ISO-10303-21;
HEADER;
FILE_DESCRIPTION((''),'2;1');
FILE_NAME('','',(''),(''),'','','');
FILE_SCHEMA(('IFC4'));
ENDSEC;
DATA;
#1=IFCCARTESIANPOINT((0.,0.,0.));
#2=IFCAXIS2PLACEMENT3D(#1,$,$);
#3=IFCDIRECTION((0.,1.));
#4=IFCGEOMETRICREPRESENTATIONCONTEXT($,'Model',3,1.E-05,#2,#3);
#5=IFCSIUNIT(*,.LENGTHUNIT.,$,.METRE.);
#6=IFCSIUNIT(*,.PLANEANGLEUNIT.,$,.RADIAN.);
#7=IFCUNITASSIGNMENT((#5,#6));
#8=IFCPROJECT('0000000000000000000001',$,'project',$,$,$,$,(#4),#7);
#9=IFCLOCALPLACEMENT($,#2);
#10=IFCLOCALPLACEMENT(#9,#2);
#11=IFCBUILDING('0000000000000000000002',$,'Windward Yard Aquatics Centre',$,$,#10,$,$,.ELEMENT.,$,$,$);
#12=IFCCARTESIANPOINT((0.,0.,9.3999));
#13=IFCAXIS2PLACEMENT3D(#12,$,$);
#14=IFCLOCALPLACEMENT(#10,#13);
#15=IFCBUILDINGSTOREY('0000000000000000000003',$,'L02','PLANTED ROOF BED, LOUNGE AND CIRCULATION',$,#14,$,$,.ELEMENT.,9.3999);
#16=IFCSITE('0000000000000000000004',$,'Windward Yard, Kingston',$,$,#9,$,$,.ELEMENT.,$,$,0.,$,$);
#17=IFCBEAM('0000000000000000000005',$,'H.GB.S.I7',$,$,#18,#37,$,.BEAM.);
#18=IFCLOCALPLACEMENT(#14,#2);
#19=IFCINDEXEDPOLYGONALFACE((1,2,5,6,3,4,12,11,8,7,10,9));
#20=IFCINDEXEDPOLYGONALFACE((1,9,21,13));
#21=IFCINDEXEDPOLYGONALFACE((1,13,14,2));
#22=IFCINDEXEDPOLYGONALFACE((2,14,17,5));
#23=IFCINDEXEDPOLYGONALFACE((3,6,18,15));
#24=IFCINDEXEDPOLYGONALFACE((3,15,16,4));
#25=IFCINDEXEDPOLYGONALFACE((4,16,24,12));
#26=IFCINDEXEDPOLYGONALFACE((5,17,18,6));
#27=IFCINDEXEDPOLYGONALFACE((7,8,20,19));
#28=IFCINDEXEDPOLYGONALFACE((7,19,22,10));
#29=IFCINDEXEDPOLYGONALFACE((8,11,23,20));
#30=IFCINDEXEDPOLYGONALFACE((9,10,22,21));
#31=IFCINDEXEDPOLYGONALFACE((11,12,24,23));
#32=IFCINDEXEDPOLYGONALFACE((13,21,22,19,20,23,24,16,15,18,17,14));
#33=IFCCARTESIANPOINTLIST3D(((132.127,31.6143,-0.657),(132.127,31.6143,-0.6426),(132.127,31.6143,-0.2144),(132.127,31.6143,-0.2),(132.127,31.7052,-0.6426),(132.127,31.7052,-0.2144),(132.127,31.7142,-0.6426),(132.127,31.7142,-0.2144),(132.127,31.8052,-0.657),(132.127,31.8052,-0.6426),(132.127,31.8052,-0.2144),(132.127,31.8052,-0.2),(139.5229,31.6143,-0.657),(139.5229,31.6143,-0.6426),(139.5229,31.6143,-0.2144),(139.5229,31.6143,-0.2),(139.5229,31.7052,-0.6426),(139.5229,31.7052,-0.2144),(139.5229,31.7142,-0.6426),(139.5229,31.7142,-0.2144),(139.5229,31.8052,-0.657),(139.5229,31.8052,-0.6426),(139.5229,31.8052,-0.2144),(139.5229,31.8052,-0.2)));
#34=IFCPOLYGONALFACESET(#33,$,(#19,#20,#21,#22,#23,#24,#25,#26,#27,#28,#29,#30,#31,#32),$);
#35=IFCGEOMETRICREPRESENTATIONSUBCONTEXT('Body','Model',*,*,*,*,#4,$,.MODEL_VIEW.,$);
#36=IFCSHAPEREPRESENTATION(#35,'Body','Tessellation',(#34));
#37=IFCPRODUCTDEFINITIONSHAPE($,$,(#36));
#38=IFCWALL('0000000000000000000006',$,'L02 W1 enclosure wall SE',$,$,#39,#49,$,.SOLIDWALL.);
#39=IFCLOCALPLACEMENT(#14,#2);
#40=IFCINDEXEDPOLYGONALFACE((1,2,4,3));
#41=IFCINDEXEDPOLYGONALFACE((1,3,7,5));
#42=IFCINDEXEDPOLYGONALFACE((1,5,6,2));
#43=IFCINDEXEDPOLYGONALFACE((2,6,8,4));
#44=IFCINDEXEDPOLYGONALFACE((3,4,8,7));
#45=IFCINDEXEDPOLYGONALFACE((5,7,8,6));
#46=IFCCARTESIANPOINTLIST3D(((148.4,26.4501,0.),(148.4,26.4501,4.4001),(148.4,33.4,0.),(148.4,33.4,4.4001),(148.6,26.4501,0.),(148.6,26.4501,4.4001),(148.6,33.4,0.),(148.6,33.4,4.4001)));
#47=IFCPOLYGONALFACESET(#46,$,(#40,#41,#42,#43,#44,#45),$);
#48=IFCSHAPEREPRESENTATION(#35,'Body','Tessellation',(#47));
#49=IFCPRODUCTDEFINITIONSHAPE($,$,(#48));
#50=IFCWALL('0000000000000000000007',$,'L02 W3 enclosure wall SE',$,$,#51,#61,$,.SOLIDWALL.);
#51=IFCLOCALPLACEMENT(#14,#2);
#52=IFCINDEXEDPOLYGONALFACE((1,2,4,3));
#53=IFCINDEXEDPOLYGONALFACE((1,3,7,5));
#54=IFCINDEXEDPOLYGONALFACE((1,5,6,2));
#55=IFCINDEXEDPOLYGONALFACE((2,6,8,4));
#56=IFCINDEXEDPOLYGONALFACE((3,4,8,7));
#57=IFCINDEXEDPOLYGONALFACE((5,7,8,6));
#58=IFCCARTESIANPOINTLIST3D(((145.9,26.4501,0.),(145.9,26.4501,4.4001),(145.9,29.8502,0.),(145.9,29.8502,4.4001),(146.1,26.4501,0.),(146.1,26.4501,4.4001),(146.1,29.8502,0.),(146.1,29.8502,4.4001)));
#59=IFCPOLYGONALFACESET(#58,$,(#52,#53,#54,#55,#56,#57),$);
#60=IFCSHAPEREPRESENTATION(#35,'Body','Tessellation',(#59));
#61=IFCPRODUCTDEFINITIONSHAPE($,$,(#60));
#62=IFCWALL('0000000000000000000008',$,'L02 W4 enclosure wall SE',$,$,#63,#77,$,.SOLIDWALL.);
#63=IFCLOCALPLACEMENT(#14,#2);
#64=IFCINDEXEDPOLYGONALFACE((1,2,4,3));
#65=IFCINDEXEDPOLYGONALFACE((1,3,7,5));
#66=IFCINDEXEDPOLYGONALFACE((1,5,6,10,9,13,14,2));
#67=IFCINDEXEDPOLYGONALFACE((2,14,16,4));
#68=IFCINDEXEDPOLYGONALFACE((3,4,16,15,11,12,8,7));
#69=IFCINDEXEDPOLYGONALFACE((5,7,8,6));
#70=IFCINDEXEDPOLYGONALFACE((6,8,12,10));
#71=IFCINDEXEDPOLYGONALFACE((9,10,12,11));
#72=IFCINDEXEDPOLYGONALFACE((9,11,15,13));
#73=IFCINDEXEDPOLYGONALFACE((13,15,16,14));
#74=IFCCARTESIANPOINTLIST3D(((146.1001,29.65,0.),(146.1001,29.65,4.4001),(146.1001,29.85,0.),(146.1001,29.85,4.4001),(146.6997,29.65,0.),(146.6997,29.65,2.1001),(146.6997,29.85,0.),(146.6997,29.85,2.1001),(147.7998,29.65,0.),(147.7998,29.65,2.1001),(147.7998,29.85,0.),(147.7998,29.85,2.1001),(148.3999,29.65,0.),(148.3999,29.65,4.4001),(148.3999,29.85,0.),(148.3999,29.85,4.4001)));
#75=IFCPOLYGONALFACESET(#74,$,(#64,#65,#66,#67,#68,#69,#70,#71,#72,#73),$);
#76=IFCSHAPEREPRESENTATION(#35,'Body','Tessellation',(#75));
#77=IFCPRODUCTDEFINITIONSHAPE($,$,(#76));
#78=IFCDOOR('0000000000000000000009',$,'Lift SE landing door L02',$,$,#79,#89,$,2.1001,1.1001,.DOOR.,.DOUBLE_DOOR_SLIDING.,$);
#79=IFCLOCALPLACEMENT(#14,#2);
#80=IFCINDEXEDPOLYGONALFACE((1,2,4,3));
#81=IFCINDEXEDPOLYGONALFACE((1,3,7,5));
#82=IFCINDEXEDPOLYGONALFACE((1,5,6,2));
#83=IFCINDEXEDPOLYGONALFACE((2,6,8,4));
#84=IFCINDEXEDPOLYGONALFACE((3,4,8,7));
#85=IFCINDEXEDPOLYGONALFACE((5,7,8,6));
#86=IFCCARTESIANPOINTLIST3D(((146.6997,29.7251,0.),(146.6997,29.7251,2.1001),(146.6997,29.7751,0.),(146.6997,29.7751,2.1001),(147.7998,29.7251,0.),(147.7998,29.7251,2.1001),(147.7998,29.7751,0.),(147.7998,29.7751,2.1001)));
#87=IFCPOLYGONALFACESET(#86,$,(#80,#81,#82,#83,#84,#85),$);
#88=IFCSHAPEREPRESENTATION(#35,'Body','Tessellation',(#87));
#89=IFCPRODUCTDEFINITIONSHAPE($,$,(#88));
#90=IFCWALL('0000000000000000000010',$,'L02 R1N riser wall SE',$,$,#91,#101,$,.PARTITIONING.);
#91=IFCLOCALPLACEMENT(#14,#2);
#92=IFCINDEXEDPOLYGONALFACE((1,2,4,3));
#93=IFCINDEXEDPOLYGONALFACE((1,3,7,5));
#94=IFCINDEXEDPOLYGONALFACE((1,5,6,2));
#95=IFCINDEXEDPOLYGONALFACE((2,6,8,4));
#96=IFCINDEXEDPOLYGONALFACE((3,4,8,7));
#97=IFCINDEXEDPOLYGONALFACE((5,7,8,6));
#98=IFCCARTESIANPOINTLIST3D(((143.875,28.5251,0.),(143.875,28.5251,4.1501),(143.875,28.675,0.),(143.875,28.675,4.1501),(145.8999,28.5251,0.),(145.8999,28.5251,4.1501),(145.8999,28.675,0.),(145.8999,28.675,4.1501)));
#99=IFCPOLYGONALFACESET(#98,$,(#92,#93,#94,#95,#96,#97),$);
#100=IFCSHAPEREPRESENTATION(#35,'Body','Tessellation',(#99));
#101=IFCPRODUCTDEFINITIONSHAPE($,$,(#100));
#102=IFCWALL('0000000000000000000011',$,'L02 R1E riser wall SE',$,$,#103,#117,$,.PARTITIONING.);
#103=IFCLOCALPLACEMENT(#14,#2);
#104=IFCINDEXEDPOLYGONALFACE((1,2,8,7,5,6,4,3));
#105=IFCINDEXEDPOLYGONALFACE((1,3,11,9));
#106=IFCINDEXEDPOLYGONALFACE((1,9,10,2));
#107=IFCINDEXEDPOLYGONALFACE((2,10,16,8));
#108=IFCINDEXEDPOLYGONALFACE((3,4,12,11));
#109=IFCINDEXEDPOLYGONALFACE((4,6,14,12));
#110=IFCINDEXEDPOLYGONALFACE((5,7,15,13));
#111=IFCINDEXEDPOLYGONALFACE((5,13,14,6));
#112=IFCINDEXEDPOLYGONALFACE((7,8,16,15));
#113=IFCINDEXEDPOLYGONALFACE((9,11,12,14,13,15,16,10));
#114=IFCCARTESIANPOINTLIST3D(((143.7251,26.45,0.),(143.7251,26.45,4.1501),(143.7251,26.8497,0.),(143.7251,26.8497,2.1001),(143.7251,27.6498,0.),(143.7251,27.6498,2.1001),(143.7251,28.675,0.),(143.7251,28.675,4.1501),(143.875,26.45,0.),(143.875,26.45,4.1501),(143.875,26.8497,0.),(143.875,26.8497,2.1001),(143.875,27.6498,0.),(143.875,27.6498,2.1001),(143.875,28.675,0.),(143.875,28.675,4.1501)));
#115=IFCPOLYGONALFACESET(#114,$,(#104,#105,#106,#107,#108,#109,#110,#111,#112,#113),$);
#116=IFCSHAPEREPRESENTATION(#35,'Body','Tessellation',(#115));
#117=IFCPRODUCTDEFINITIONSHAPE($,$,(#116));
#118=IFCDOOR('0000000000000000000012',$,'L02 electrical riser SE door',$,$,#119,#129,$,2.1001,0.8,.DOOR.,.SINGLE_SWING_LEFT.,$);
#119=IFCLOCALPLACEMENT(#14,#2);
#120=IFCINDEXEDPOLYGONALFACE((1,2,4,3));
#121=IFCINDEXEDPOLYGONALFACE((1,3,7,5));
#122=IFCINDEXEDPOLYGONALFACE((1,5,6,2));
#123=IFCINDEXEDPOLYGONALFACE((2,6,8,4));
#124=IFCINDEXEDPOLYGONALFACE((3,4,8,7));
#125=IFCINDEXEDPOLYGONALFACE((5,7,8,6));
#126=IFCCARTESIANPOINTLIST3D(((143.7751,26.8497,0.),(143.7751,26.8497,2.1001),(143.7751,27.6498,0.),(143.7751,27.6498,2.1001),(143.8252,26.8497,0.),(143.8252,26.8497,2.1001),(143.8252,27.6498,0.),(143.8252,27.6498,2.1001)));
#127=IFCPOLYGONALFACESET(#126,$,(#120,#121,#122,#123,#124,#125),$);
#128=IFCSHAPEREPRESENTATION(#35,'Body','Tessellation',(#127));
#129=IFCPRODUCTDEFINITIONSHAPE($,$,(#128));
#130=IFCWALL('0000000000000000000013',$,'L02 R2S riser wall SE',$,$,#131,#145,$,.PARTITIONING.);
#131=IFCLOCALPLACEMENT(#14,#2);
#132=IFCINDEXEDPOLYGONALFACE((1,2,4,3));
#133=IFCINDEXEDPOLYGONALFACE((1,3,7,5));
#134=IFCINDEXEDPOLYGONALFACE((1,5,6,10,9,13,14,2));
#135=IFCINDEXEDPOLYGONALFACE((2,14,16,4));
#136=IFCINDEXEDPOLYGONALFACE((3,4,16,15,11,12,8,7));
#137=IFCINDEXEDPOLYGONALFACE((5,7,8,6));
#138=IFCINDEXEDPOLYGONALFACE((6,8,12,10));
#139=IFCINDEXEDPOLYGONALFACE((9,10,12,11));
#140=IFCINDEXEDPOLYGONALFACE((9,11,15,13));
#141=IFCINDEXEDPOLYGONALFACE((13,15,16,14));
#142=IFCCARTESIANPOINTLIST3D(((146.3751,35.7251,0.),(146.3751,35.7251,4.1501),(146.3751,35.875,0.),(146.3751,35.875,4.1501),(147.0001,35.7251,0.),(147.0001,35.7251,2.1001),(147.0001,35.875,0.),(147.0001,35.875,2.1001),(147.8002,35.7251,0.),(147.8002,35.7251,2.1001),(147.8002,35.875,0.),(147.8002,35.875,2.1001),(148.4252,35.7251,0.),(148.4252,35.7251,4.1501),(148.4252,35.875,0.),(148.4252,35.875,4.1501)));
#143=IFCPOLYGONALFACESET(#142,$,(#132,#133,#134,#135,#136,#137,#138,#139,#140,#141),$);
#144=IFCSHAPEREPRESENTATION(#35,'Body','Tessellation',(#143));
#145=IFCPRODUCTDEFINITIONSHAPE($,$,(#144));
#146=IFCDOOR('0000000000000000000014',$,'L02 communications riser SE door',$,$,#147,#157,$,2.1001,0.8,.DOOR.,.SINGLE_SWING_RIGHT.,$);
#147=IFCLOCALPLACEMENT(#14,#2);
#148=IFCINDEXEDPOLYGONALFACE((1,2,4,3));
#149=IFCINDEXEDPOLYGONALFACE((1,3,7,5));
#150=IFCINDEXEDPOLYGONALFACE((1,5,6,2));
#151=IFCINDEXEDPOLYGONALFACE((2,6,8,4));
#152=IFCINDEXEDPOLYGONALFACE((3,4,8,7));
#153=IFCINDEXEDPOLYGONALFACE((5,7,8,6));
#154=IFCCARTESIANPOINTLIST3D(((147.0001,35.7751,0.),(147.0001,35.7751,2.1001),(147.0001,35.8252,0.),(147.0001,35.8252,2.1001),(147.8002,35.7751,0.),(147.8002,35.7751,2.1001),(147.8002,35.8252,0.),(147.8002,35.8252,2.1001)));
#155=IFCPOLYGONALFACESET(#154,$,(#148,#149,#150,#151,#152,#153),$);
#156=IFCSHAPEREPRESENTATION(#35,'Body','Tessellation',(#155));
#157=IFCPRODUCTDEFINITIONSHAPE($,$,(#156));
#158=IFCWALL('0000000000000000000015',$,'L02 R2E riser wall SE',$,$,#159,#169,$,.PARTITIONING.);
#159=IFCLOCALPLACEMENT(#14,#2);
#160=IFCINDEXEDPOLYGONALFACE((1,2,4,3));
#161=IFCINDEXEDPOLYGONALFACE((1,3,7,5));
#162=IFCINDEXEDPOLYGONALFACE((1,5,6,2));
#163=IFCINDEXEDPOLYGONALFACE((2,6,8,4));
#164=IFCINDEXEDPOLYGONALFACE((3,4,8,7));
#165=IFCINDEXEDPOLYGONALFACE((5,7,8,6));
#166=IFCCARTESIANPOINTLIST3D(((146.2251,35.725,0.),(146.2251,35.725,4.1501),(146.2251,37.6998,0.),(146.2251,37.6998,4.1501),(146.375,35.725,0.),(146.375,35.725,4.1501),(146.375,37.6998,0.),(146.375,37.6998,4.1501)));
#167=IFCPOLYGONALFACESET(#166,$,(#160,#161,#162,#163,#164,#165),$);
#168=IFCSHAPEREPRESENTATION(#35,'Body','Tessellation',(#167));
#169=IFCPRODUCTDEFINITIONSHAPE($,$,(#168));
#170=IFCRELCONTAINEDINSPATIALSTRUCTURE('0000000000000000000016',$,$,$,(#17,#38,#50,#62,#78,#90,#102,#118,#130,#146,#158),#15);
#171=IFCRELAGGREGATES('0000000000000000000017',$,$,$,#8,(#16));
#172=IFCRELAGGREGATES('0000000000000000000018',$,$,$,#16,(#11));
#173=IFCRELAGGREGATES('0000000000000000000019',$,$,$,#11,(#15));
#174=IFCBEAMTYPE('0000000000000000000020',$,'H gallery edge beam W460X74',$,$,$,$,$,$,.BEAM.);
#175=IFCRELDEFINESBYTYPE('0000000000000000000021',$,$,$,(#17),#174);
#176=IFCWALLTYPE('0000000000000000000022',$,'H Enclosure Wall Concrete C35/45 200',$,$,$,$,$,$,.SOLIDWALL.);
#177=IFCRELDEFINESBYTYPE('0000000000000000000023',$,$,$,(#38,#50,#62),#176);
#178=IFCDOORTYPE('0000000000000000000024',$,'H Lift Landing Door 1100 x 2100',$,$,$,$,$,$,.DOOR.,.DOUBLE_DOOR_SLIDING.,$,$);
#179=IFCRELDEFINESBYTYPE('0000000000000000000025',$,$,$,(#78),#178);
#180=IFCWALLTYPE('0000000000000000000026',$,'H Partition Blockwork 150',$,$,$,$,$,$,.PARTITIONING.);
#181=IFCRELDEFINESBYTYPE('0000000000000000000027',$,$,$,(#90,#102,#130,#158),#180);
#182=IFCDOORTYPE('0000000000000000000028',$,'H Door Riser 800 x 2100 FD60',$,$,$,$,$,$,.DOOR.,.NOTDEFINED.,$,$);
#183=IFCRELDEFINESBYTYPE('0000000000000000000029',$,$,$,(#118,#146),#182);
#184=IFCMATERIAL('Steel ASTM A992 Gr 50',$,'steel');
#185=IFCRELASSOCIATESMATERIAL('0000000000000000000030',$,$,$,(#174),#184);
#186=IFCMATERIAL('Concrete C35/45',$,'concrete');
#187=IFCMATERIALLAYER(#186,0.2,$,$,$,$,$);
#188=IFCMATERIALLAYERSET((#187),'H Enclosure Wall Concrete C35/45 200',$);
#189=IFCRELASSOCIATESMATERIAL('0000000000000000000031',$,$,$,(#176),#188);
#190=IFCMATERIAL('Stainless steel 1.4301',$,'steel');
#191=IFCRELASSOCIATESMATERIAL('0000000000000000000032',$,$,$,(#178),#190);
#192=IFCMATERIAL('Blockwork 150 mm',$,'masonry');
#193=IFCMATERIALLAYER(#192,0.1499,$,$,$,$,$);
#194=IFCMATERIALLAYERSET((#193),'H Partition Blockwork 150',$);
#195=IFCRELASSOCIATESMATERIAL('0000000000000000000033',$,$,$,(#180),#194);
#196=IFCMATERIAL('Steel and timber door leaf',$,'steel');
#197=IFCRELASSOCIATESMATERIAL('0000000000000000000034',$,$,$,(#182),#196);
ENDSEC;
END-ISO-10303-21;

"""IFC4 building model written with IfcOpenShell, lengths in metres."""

from ifc_helpers import new_model, si_unit, direction, frame, frame_2d, origin, origin_2d, place, context, subcontext, project, spatial, rectangle, i_section, extrude, material, layer, layer_set, material_profile, profile_set, type_object, element, fill, save


model = new_model("IFC4")

# Units and contexts
model_context = context("Model", 3, precision=1e-05, world=origin(), true_north=direction((0.0, 1.0)))
body_context = subcontext(model_context, "Body", "Model", "MODEL_VIEW")
ifc_project = project(units=[si_unit("LENGTHUNIT", "METRE"), si_unit("PLANEANGLEUNIT", "RADIAN")], contexts=[model_context])

# Site, building, storey
site_placement = place(None, origin())
site = spatial("IfcSite", under=ifc_project, at=site_placement, Name="Windward Yard, Kingston", CompositionType="ELEMENT", RefElevation=0.0)
building_placement = place(site_placement, origin())
building = spatial("IfcBuilding", under=site, at=building_placement, Name="Windward Yard Aquatics Centre", CompositionType="ELEMENT")
storey_placement = place(building_placement, frame((0.0, 0.0, 9.3999)))
storey = spatial("IfcBuildingStorey", under=building, at=storey_placement, Name="L02", Description="PLANTED ROOF BED, LOUNGE AND CIRCULATION", CompositionType="ELEMENT", Elevation=9.3999)

# Beam
ifc_material_1 = material(Name="Steel ASTM A992 Gr 50", Category="steel")
ifc_material_profile_1 = material_profile(ifc_material_1, i_section(OverallWidth=0.1909, OverallDepth=0.457, WebThickness=0.009, FlangeThickness=0.0144, at=origin_2d()), Name="W460X74")
ifc_profile_set_1 = profile_set([ifc_material_profile_1], Name="Steel ASTM A992 Gr 50")
beam_type = type_object("IfcBeamType", Name="H gallery edge beam W460X74", PredefinedType="BEAM", material=ifc_profile_set_1)
beam_placement = place(storey_placement, frame((132.127, 31.7097, -0.4285), z_axis=(1.0, 0.0, 0.0), x_axis=(0.0, 1.0, 0.0)))
element("IfcBeam", 1, at=beam_placement, inside=storey, type_object=beam_type, Name="H.GB.S.I7", PredefinedType="BEAM", context=body_context, shape_type="SweptSolid", body=[
    extrude(i_section(OverallWidth=0.1909, OverallDepth=0.457, WebThickness=0.009, FlangeThickness=0.0144, at=origin_2d()), origin(), (0.0, 0.0, 1.0), 7.396),
])

# Walls
ifc_material_2 = material(Name="Concrete C35/45", Category="concrete")
ifc_layer_1 = layer(ifc_material_2, 0.2)
ifc_layer_set_1 = layer_set([ifc_layer_1], Name="H Enclosure Wall Concrete C35/45 200")
wall_type_1 = type_object("IfcWallType", Name="H Enclosure Wall Concrete C35/45 200", PredefinedType="SOLIDWALL", material=ifc_layer_set_1)
wall_1_placement = place(storey_placement, frame((148.5, 26.45, 0.0), z_axis=(0.0, 0.0, 1.0), x_axis=(0.0, 1.0, 0.0)))
element("IfcWall", 2, at=wall_1_placement, inside=storey, type_object=wall_type_1, Name="L02 W1 enclosure wall SE", PredefinedType="SOLIDWALL", context=body_context, shape_type="SweptSolid", body=[
    extrude(rectangle(XDim=6.95, YDim=0.2, at=frame_2d((3.4751, 0.0))), origin(), (0.0, 0.0, 1.0), 4.4001),
])
wall_2_placement = place(storey_placement, frame((146.0, 26.45, 0.0), z_axis=(0.0, 0.0, 1.0), x_axis=(0.0, 1.0, 0.0)))
element("IfcWall", 3, at=wall_2_placement, inside=storey, type_object=wall_type_1, Name="L02 W3 enclosure wall SE", PredefinedType="SOLIDWALL", context=body_context, shape_type="SweptSolid", body=[
    extrude(rectangle(XDim=3.4001, YDim=0.2, at=frame_2d((1.7002, 0.0))), origin(), (0.0, 0.0, 1.0), 4.4001),
])

# Wall, opening, door
wall_3_placement = place(storey_placement, frame((148.3999, 29.75, 0.0), z_axis=(0.0, 0.0, 1.0), x_axis=(-1.0, 0.0, 0.0)))
wall_3 = element("IfcWall", 4, at=wall_3_placement, inside=storey, type_object=wall_type_1, Name="L02 W4 enclosure wall SE", PredefinedType="SOLIDWALL", context=body_context, shape_type="SweptSolid", body=[
    extrude(rectangle(XDim=2.2998, YDim=0.2, at=frame_2d((1.1499, 0.0))), origin(), (0.0, 0.0, 1.0), 4.4001),
])
opening_1_placement = place(wall_3_placement, frame((0.6001, 0.0, 0.0)))
opening_1 = element("IfcOpeningElement", 5, at=opening_1_placement, cuts=wall_3, PredefinedType="OPENING", context=body_context, shape_type="SweptSolid", body=[
    extrude(rectangle(XDim=1.1001, YDim=2.1001, at=frame_2d((0.55, 1.05))), frame((0.0, 0.1099, 0.0), z_axis=(0.0, -1.0, 0.0), x_axis=(1.0, 0.0, 0.0)), (0.0, 0.0, 1.0), 0.22),
])
ifc_material_3 = material(Name="Stainless steel 1.4301", Category="steel")
door_type_1 = type_object("IfcDoorType", Name="H Lift Landing Door 1100 x 2100", OperationType="DOUBLE_DOOR_SLIDING", PredefinedType="DOOR", material=ifc_material_3)
door_1_placement = place(opening_1_placement, origin())
door_1 = element("IfcDoor", 6, at=door_1_placement, inside=storey, type_object=door_type_1, Name="Lift SE landing door L02", OperationType="DOUBLE_DOOR_SLIDING", OverallHeight=2.1001, OverallWidth=1.1001, PredefinedType="DOOR", context=body_context, shape_type="SweptSolid", body=[
    extrude(rectangle(XDim=1.1001, YDim=2.1001, at=frame_2d((0.55, 1.05))), frame((0.0, 0.0249, 0.0), z_axis=(0.0, -1.0, 0.0), x_axis=(1.0, 0.0, 0.0)), (0.0, 0.0, 1.0), 0.05),
])
fill(opening_1, door_1)

# Wall
ifc_material_4 = material(Name="Blockwork 150 mm", Category="masonry")
ifc_layer_2 = layer(ifc_material_4, 0.1499)
ifc_layer_set_2 = layer_set([ifc_layer_2], Name="H Partition Blockwork 150")
wall_type_2 = type_object("IfcWallType", Name="H Partition Blockwork 150", PredefinedType="PARTITIONING", material=ifc_layer_set_2)
wall_4_placement = place(storey_placement, frame((145.8999, 28.6001, 0.0), z_axis=(0.0, 0.0, 1.0), x_axis=(-1.0, 0.0, 0.0)))
element("IfcWall", 7, at=wall_4_placement, inside=storey, type_object=wall_type_2, Name="L02 R1N riser wall SE", PredefinedType="PARTITIONING", context=body_context, shape_type="SweptSolid", body=[
    extrude(rectangle(XDim=2.0249, YDim=0.1499, at=frame_2d((1.0125, 0.0))), origin(), (0.0, 0.0, 1.0), 4.1501),
])

# Walls, openings, doors
wall_5_placement = place(storey_placement, frame((143.8, 26.45, 0.0), z_axis=(0.0, 0.0, 1.0), x_axis=(0.0, 1.0, 0.0)))
wall_5 = element("IfcWall", 8, at=wall_5_placement, inside=storey, type_object=wall_type_2, Name="L02 R1E riser wall SE", PredefinedType="PARTITIONING", context=body_context, shape_type="SweptSolid", body=[
    extrude(rectangle(XDim=2.2251, YDim=0.1499, at=frame_2d((1.1125, 0.0))), origin(), (0.0, 0.0, 1.0), 4.1501),
])
opening_2_placement = place(wall_5_placement, frame((0.3999, 0.0, 0.0)))
opening_2 = element("IfcOpeningElement", 9, at=opening_2_placement, cuts=wall_5, PredefinedType="OPENING", context=body_context, shape_type="SweptSolid", body=[
    extrude(rectangle(XDim=0.8, YDim=2.1001, at=frame_2d((0.3999, 1.05))), frame((0.0, 0.085, 0.0), z_axis=(0.0, -1.0, 0.0), x_axis=(1.0, 0.0, 0.0)), (0.0, 0.0, 1.0), 0.1699),
])
ifc_material_5 = material(Name="Steel and timber door leaf", Category="steel")
door_type_2 = type_object("IfcDoorType", Name="H Door Riser 800 x 2100 FD60", OperationType="NOTDEFINED", PredefinedType="DOOR", material=ifc_material_5)
door_2_placement = place(opening_2_placement, origin())
door_2 = element("IfcDoor", 10, at=door_2_placement, inside=storey, type_object=door_type_2, Name="L02 electrical riser SE door", OperationType="SINGLE_SWING_LEFT", OverallHeight=2.1001, OverallWidth=0.8, PredefinedType="DOOR", context=body_context, shape_type="SweptSolid", body=[
    extrude(rectangle(XDim=0.8, YDim=2.1001, at=frame_2d((0.3999, 1.05))), frame((0.0, 0.0249, 0.0), z_axis=(0.0, -1.0, 0.0), x_axis=(1.0, 0.0, 0.0)), (0.0, 0.0, 1.0), 0.05),
])
fill(opening_2, door_2)
wall_6_placement = place(storey_placement, frame((148.425, 35.8, 0.0), z_axis=(0.0, 0.0, 1.0), x_axis=(-1.0, 0.0, 0.0)))
wall_6 = element("IfcWall", 11, at=wall_6_placement, inside=storey, type_object=wall_type_2, Name="L02 R2S riser wall SE", PredefinedType="PARTITIONING", context=body_context, shape_type="SweptSolid", body=[
    extrude(rectangle(XDim=2.05, YDim=0.1499, at=frame_2d((1.0249, 0.0))), origin(), (0.0, 0.0, 1.0), 4.1501),
])
opening_3_placement = place(wall_6_placement, frame((0.625, 0.0, 0.0)))
opening_3 = element("IfcOpeningElement", 12, at=opening_3_placement, cuts=wall_6, PredefinedType="OPENING", context=body_context, shape_type="SweptSolid", body=[
    extrude(rectangle(XDim=0.8, YDim=2.1001, at=frame_2d((0.3999, 1.05))), frame((0.0, 0.085, 0.0), z_axis=(0.0, -1.0, 0.0), x_axis=(1.0, 0.0, 0.0)), (0.0, 0.0, 1.0), 0.1699),
])
door_3_placement = place(opening_3_placement, origin())
door_3 = element("IfcDoor", 13, at=door_3_placement, inside=storey, type_object=door_type_2, Name="L02 communications riser SE door", OperationType="SINGLE_SWING_RIGHT", OverallHeight=2.1001, OverallWidth=0.8, PredefinedType="DOOR", context=body_context, shape_type="SweptSolid", body=[
    extrude(rectangle(XDim=0.8, YDim=2.1001, at=frame_2d((0.3999, 1.05))), frame((0.0, 0.0249, 0.0), z_axis=(0.0, -1.0, 0.0), x_axis=(1.0, 0.0, 0.0)), (0.0, 0.0, 1.0), 0.05),
])
fill(opening_3, door_3)

# Wall
wall_7_placement = place(storey_placement, frame((146.3, 35.7251, 0.0), z_axis=(0.0, 0.0, 1.0), x_axis=(0.0, 1.0, 0.0)))
element("IfcWall", 14, at=wall_7_placement, inside=storey, type_object=wall_type_2, Name="L02 R2E riser wall SE", PredefinedType="PARTITIONING", context=body_context, shape_type="SweptSolid", body=[
    extrude(rectangle(XDim=1.9749, YDim=0.1499, at=frame_2d((0.9873, 0.0))), origin(), (0.0, 0.0, 1.0), 4.1501),
])

save(model, "model.ifc")
